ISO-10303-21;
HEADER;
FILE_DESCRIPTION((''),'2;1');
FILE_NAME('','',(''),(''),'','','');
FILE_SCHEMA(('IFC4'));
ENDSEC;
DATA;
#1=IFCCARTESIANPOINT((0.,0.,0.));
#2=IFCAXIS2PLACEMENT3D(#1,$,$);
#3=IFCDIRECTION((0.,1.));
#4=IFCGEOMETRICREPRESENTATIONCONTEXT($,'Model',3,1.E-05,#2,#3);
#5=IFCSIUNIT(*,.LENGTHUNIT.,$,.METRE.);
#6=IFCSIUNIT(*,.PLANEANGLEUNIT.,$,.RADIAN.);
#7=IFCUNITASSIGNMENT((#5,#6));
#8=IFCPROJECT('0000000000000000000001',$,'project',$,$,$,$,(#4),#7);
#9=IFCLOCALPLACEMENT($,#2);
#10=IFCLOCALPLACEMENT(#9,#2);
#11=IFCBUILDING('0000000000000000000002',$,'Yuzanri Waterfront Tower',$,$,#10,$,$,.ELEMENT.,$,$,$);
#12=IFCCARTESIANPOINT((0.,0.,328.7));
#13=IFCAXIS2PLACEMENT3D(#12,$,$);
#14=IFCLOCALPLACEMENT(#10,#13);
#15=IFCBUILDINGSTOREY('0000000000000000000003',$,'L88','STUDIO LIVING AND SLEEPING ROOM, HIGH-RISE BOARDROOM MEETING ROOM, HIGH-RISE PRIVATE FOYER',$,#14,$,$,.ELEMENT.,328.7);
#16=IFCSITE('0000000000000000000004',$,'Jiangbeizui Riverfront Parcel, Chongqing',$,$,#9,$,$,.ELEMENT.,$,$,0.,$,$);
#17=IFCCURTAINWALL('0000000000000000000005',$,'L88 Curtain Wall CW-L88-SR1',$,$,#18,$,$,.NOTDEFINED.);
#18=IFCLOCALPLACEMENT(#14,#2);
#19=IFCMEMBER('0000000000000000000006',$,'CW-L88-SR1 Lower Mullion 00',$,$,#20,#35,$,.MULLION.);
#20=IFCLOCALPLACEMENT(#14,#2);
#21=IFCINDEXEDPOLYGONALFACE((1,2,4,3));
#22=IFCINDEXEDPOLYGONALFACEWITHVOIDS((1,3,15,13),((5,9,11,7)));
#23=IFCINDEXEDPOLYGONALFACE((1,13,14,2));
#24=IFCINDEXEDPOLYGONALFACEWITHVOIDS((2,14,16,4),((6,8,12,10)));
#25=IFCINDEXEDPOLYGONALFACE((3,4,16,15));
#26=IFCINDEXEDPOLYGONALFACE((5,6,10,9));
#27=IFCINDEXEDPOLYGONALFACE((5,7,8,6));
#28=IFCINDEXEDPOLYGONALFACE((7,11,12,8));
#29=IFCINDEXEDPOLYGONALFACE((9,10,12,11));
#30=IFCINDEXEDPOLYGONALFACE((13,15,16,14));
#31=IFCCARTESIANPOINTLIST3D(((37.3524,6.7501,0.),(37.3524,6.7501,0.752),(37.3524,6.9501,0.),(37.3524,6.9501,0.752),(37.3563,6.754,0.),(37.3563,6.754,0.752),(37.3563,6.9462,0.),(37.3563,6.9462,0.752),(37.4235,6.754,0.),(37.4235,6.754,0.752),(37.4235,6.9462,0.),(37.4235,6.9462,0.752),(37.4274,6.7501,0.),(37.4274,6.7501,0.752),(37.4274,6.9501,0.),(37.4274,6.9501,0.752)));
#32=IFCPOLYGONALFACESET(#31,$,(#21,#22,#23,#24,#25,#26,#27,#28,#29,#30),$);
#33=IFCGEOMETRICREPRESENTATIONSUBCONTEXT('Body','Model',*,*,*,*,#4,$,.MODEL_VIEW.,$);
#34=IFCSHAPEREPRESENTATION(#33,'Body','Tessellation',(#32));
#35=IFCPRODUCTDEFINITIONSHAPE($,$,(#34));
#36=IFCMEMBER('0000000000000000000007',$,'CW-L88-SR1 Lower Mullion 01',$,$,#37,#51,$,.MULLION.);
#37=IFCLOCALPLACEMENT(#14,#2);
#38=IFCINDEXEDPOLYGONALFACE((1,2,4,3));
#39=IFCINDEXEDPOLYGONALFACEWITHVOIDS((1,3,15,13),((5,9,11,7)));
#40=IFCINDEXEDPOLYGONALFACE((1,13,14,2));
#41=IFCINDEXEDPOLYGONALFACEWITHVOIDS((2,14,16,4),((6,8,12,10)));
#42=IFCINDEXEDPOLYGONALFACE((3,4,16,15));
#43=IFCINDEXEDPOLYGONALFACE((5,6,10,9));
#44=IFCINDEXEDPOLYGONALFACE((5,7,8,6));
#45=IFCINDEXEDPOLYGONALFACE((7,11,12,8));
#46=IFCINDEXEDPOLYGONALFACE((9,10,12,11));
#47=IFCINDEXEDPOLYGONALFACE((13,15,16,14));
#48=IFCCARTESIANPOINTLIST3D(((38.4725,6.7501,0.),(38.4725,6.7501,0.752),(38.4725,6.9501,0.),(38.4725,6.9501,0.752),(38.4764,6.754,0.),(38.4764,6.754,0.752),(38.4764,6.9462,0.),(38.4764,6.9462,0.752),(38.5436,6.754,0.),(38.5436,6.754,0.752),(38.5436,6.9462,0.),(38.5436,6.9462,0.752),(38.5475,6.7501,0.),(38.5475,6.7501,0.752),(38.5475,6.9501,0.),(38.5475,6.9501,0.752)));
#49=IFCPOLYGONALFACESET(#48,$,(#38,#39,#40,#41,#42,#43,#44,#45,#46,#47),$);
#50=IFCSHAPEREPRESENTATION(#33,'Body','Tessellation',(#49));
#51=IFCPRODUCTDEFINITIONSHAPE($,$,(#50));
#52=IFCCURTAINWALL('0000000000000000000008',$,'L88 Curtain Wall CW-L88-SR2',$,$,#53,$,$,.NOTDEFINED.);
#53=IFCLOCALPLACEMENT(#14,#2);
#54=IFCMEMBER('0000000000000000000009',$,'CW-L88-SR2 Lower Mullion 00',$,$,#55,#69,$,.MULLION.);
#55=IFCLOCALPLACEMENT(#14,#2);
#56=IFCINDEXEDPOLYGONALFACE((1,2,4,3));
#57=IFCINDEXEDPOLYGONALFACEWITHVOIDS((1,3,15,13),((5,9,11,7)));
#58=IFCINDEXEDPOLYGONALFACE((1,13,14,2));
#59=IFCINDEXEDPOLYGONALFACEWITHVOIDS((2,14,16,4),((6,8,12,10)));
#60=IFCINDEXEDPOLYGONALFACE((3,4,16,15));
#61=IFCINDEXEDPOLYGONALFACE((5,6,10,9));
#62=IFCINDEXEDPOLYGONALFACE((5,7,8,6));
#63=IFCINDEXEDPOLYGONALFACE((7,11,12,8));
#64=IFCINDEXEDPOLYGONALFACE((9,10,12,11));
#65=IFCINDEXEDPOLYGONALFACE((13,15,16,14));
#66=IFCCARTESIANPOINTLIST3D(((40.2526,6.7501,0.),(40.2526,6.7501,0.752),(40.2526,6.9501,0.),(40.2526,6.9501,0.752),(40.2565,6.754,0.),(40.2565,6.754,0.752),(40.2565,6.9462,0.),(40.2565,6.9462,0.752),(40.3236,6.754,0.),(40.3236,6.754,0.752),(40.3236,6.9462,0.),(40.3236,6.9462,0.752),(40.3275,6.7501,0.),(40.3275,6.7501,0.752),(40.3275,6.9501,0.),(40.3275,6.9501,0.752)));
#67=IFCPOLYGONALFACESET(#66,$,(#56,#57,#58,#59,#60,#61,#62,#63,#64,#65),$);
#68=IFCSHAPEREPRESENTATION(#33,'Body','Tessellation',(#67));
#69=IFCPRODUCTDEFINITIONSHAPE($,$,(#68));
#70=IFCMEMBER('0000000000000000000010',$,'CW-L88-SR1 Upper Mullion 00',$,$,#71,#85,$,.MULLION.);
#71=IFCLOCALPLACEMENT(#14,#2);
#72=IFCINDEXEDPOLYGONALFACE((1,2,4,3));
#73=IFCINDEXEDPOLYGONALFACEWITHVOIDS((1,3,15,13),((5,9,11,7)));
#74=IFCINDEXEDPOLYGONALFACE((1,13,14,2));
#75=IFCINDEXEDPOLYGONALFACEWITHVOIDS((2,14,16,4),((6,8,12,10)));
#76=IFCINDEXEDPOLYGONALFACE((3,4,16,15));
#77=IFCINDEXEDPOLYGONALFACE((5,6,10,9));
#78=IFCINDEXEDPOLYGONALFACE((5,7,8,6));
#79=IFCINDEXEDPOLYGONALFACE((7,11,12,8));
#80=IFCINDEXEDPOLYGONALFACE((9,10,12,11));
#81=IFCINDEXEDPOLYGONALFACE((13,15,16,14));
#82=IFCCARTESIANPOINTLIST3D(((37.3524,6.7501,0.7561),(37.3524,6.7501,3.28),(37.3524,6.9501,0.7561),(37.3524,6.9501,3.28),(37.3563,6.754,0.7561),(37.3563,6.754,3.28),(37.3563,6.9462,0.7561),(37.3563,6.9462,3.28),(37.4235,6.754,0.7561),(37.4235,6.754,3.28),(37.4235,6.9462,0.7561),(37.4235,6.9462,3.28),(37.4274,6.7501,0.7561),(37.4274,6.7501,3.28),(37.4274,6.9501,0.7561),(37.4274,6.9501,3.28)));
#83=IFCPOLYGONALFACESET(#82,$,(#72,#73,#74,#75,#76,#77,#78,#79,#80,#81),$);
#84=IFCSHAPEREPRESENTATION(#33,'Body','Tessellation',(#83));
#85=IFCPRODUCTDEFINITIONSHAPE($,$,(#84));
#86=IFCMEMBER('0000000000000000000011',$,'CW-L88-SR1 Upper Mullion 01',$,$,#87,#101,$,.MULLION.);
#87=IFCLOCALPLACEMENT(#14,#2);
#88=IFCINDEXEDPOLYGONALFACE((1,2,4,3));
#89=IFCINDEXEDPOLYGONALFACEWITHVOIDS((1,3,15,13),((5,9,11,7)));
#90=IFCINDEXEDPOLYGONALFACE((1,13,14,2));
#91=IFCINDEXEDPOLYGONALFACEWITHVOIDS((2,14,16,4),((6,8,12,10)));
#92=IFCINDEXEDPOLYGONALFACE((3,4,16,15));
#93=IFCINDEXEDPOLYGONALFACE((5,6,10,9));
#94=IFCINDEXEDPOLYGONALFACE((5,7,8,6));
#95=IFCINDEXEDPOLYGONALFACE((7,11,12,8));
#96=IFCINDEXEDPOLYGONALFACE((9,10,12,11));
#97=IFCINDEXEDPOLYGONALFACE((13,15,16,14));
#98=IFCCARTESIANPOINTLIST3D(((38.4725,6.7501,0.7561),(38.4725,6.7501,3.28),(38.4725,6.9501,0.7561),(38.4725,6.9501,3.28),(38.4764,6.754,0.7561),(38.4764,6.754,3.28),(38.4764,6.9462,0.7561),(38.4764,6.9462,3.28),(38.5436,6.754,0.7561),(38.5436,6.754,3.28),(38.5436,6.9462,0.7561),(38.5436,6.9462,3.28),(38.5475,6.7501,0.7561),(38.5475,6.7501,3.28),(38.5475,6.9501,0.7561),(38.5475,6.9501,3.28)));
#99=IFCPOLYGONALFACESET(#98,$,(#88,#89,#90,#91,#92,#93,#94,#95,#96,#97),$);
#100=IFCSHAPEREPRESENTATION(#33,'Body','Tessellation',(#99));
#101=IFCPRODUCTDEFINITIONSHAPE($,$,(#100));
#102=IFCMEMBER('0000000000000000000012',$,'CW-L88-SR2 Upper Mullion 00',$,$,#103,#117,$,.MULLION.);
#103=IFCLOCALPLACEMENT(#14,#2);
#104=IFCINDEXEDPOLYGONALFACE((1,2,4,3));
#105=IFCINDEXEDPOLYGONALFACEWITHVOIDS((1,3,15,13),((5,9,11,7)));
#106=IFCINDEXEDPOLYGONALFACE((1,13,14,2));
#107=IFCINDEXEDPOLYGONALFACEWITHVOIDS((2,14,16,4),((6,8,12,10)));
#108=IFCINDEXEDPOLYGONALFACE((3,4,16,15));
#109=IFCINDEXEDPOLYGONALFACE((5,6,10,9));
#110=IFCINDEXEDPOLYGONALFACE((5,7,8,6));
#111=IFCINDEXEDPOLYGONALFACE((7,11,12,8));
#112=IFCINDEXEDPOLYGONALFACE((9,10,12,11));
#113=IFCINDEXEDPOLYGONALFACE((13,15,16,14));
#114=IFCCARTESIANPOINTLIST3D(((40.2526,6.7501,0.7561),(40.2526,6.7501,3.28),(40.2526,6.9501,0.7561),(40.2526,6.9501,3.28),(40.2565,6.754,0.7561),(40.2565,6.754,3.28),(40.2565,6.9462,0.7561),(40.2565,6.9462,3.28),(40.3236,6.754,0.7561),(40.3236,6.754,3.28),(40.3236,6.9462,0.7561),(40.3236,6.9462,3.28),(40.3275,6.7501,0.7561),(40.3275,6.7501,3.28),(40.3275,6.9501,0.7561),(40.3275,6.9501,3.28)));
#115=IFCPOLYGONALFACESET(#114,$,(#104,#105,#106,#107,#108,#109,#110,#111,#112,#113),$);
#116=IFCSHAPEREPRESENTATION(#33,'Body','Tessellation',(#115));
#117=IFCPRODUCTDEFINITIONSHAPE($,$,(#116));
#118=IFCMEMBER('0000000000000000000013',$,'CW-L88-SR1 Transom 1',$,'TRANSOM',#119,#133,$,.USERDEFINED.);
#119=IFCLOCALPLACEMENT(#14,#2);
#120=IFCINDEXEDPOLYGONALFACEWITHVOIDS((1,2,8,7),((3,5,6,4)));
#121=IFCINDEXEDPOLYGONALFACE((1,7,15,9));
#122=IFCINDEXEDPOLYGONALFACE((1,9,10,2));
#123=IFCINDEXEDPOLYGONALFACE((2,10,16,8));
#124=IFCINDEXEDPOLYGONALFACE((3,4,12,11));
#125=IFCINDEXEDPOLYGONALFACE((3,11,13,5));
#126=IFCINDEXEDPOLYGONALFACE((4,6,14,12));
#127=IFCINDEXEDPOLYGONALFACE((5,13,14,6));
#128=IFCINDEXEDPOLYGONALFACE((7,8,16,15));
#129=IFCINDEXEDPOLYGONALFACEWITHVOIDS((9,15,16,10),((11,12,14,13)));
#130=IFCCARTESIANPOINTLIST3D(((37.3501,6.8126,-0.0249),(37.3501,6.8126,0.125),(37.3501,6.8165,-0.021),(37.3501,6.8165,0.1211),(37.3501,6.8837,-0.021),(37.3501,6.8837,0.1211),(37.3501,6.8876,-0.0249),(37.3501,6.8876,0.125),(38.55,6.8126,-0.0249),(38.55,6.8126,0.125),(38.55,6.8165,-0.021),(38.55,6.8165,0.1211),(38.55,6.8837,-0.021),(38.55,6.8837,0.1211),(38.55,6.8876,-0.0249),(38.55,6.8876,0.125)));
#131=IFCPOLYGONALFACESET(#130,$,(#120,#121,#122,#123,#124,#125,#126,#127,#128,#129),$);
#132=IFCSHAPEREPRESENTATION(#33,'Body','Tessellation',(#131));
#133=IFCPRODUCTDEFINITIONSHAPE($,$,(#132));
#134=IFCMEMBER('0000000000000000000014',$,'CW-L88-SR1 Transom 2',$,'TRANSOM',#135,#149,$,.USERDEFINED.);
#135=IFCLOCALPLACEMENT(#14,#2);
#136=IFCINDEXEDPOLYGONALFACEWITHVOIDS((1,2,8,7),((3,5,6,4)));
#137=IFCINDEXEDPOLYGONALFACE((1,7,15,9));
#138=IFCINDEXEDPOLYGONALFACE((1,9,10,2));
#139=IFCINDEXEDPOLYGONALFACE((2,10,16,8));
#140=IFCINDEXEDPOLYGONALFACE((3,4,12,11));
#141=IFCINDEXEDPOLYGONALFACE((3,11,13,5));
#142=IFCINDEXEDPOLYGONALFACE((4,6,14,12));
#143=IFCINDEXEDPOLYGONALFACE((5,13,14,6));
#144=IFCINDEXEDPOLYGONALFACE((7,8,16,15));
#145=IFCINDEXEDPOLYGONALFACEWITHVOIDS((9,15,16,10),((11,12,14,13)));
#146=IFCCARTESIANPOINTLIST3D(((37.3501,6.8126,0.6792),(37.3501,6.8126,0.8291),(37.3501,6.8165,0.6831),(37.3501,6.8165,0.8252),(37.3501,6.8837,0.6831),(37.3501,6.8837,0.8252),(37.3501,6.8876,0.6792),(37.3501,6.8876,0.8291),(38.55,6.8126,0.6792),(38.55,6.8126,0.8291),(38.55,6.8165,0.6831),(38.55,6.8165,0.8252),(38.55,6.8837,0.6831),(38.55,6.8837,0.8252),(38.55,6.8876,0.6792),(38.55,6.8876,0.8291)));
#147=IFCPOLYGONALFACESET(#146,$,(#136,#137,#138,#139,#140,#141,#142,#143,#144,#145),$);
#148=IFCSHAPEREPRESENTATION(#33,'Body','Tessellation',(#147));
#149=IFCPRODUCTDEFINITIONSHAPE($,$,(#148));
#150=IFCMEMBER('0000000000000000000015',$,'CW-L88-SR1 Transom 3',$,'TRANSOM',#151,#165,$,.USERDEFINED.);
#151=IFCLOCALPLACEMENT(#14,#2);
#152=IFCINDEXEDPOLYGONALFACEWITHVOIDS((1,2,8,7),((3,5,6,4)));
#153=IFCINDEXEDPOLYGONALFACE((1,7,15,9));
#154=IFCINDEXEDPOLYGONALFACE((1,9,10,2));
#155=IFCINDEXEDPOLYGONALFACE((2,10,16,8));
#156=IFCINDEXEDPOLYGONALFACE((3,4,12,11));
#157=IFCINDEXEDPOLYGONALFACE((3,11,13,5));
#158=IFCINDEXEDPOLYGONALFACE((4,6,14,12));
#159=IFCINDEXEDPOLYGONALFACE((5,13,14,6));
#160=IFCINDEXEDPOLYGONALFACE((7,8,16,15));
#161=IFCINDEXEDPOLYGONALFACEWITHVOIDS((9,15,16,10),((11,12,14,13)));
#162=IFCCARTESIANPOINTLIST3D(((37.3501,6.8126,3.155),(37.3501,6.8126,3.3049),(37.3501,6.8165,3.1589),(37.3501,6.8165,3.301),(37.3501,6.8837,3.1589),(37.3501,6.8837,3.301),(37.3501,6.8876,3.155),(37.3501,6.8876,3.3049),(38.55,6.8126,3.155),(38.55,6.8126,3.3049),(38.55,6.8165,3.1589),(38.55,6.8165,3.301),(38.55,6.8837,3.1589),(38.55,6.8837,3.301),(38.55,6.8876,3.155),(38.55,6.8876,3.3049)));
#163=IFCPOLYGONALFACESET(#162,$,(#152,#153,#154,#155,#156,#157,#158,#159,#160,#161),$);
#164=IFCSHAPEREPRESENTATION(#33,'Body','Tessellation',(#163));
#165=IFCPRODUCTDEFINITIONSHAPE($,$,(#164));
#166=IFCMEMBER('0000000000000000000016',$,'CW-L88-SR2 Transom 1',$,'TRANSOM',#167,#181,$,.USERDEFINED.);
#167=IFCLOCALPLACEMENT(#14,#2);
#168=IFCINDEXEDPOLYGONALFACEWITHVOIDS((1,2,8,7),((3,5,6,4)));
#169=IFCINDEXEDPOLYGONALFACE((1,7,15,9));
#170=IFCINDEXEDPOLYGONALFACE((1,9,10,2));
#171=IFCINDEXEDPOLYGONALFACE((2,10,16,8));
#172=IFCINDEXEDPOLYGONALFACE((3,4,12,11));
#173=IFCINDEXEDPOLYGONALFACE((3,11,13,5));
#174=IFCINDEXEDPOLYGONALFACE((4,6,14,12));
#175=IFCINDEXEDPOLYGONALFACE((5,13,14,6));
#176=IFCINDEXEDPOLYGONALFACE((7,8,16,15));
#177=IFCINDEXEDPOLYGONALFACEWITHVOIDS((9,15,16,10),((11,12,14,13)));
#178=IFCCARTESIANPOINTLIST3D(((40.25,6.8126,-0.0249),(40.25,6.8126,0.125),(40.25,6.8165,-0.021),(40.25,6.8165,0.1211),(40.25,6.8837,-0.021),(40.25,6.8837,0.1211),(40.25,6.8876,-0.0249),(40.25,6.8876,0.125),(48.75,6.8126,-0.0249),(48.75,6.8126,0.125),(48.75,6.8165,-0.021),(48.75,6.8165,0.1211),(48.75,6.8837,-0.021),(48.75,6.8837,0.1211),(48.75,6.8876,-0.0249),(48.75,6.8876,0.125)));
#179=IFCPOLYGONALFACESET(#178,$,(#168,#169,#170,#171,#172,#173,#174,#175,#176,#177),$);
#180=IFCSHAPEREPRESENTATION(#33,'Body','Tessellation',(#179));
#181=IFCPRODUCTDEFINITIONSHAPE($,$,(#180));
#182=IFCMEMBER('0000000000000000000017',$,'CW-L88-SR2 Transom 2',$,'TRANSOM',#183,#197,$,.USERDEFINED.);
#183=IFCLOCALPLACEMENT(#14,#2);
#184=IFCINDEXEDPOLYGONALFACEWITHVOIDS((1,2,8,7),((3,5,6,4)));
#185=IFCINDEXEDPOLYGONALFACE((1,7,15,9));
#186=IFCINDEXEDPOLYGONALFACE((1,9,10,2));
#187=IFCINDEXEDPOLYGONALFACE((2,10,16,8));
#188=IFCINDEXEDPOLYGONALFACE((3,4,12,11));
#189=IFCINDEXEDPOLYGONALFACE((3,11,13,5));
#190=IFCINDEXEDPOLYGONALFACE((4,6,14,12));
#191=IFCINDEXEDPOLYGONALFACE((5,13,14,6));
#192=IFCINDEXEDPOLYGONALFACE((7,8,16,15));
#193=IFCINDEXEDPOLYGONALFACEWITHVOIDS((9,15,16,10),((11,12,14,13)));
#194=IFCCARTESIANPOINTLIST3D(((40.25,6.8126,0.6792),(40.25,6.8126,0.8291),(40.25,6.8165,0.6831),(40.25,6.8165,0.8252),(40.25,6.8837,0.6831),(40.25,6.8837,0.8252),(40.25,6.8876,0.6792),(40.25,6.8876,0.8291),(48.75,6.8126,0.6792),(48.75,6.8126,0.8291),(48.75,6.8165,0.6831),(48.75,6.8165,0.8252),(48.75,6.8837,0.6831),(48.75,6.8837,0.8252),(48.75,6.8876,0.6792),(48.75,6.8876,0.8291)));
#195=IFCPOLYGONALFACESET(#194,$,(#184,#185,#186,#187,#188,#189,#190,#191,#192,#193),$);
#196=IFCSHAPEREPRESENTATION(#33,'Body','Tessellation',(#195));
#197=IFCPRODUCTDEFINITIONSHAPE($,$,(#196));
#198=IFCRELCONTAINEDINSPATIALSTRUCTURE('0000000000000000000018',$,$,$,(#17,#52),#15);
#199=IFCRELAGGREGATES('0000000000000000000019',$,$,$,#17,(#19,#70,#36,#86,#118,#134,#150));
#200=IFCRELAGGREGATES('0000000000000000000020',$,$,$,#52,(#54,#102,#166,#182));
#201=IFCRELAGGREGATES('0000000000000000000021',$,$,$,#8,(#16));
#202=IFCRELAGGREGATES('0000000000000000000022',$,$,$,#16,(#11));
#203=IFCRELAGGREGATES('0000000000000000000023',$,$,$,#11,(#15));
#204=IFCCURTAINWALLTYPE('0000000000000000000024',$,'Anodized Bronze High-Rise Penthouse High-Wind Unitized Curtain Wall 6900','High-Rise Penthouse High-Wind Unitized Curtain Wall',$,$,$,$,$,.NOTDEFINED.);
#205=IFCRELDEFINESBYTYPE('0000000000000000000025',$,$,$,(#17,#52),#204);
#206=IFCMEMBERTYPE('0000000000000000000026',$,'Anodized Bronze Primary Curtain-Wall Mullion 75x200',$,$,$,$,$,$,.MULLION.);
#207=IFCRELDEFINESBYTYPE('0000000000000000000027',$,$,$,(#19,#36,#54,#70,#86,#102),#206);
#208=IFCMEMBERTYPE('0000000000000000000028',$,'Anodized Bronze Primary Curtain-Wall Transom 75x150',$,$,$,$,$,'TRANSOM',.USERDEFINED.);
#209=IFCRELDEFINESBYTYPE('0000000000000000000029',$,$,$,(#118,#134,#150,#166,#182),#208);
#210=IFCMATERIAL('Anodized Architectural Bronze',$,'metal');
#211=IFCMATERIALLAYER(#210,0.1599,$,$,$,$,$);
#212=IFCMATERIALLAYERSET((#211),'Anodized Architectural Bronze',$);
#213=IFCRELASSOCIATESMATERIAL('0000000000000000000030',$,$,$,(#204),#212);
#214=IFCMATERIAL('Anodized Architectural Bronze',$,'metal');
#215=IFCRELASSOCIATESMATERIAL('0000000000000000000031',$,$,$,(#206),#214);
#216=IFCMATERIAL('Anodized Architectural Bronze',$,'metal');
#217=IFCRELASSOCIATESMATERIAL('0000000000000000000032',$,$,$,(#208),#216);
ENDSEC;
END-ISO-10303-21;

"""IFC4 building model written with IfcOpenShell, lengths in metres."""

from ifc_helpers import new_model, si_unit, direction, frame, origin, origin_2d, place, context, subcontext, project, spatial, hollow_rectangle, extrude, source, transform, mapped, material, layer, layer_set, material_profile, profile_set, type_object, element, aggregate, save


model = new_model("IFC4")

# Units and contexts
model_context = context("Model", 3, precision=1e-05, world=origin(), true_north=direction((0.0, 1.0)))
body_context = subcontext(model_context, "Body", "Model", "MODEL_VIEW")
ifc_project = project(units=[si_unit("LENGTHUNIT", "METRE"), si_unit("PLANEANGLEUNIT", "RADIAN")], contexts=[model_context])

# Site, building, storey
site_placement = place(None, origin())
site = spatial("IfcSite", under=ifc_project, at=site_placement, Name="Jiangbeizui Riverfront Parcel, Chongqing", CompositionType="ELEMENT", RefElevation=0.0)
building_placement = place(site_placement, origin())
building = spatial("IfcBuilding", under=site, at=building_placement, Name="Yuzanri Waterfront Tower", CompositionType="ELEMENT")
storey_placement = place(building_placement, frame((0.0, 0.0, 328.7)))
storey = spatial("IfcBuildingStorey", under=building, at=storey_placement, Name="L88", Description="STUDIO LIVING AND SLEEPING ROOM, HIGH-RISE BOARDROOM MEETING ROOM, HIGH-RISE PRIVATE FOYER", CompositionType="ELEMENT", Elevation=328.7)

# Curtain wall, members
ifc_material_1 = material(Name="Anodized Architectural Bronze", Category="metal")
ifc_layer_1 = layer(ifc_material_1, 0.1599)
ifc_layer_set_1 = layer_set([ifc_layer_1], Name="Anodized Architectural Bronze")
curtain_wall_type = type_object("IfcCurtainWallType", Name="Anodized Bronze High-Rise Penthouse High-Wind Unitized Curtain Wall 6900", Description="High-Rise Penthouse High-Wind Unitized Curtain Wall", PredefinedType="NOTDEFINED", material=ifc_layer_set_1)
curtain_wall_1_placement = place(storey_placement, origin())
curtain_wall_1 = element("IfcCurtainWall", 1, at=curtain_wall_1_placement, inside=storey, type_object=curtain_wall_type, Name="L88 Curtain Wall CW-L88-SR1", PredefinedType="NOTDEFINED")
ifc_material_2 = material(Name="Anodized Architectural Bronze", Category="metal")
ifc_material_profile_1 = material_profile(ifc_material_2, hollow_rectangle(XDim=0.075, YDim=0.2, WallThickness=0.0039, at=origin_2d()), Name="CWM 75x200")
ifc_profile_set_1 = profile_set([ifc_material_profile_1], Name="Anodized Architectural Bronze")
member_type_1 = type_object("IfcMemberType", Name="Anodized Bronze Primary Curtain-Wall Mullion 75x200", PredefinedType="MULLION", material=ifc_profile_set_1)
shared_shape_1 = source(origin(), body_context, "Body", "SweptSolid", [
    extrude(hollow_rectangle(XDim=0.075, YDim=0.2, WallThickness=0.0039, at=origin_2d()), origin(), (0.0, 0.0, 1.0), 0.752),
])
member_1_placement = place(storey_placement, frame((37.3899, 6.8501, 0.0), z_axis=(0.0, 0.0, 1.0), x_axis=(1.0, 0.0, 0.0)))
member_1 = element("IfcMember", 2, at=member_1_placement, type_object=member_type_1, Name="CW-L88-SR1 Lower Mullion 00", PredefinedType="MULLION", context=body_context, shape_type="MappedRepresentation", body=[
    mapped(shared_shape_1, transform((0.0, 0.0, 0.0), scale=1.0)),
])
member_2_placement = place(storey_placement, frame((38.51, 6.8501, 0.0), z_axis=(0.0, 0.0, 1.0), x_axis=(1.0, 0.0, 0.0)))
member_2 = element("IfcMember", 3, at=member_2_placement, type_object=member_type_1, Name="CW-L88-SR1 Lower Mullion 01", PredefinedType="MULLION", context=body_context, shape_type="MappedRepresentation", body=[
    mapped(shared_shape_1, transform((0.0, 0.0, 0.0), scale=1.0)),
])

# Curtain wall, member
curtain_wall_2_placement = place(storey_placement, origin())
curtain_wall_2 = element("IfcCurtainWall", 4, at=curtain_wall_2_placement, inside=storey, type_object=curtain_wall_type, Name="L88 Curtain Wall CW-L88-SR2", PredefinedType="NOTDEFINED")
member_3_placement = place(storey_placement, frame((40.29, 6.8501, 0.0), z_axis=(0.0, 0.0, 1.0), x_axis=(1.0, 0.0, 0.0)))
member_3 = element("IfcMember", 5, at=member_3_placement, type_object=member_type_1, Name="CW-L88-SR2 Lower Mullion 00", PredefinedType="MULLION", context=body_context, shape_type="MappedRepresentation", body=[
    mapped(shared_shape_1, transform((0.0, 0.0, 0.0), scale=1.0)),
])

# Members
shared_shape_2 = source(origin(), body_context, "Body", "SweptSolid", [
    extrude(hollow_rectangle(XDim=0.075, YDim=0.2, WallThickness=0.0039, at=origin_2d()), origin(), (0.0, 0.0, 1.0), 2.5239),
])
member_4_placement = place(storey_placement, frame((37.3899, 6.8501, 0.7561), z_axis=(0.0, 0.0, 1.0), x_axis=(1.0, 0.0, 0.0)))
member_4 = element("IfcMember", 6, at=member_4_placement, type_object=member_type_1, Name="CW-L88-SR1 Upper Mullion 00", PredefinedType="MULLION", context=body_context, shape_type="MappedRepresentation", body=[
    mapped(shared_shape_2, transform((0.0, 0.0, 0.0), scale=1.0)),
])
member_5_placement = place(storey_placement, frame((38.51, 6.8501, 0.7561), z_axis=(0.0, 0.0, 1.0), x_axis=(1.0, 0.0, 0.0)))
member_5 = element("IfcMember", 7, at=member_5_placement, type_object=member_type_1, Name="CW-L88-SR1 Upper Mullion 01", PredefinedType="MULLION", context=body_context, shape_type="MappedRepresentation", body=[
    mapped(shared_shape_2, transform((0.0, 0.0, 0.0), scale=1.0)),
])
member_6_placement = place(storey_placement, frame((40.29, 6.8501, 0.7561), z_axis=(0.0, 0.0, 1.0), x_axis=(1.0, 0.0, 0.0)))
member_6 = element("IfcMember", 8, at=member_6_placement, type_object=member_type_1, Name="CW-L88-SR2 Upper Mullion 00", PredefinedType="MULLION", context=body_context, shape_type="MappedRepresentation", body=[
    mapped(shared_shape_2, transform((0.0, 0.0, 0.0), scale=1.0)),
])
ifc_material_3 = material(Name="Anodized Architectural Bronze", Category="metal")
ifc_material_profile_2 = material_profile(ifc_material_3, hollow_rectangle(XDim=0.075, YDim=0.1499, WallThickness=0.0039, at=origin_2d()), Name="CWT 75x150")
ifc_profile_set_2 = profile_set([ifc_material_profile_2], Name="Anodized Architectural Bronze")
member_type_2 = type_object("IfcMemberType", Name="Anodized Bronze Primary Curtain-Wall Transom 75x150", ElementType="TRANSOM", PredefinedType="USERDEFINED", material=ifc_profile_set_2)
shared_shape_3 = source(origin(), body_context, "Body", "SweptSolid", [
    extrude(hollow_rectangle(XDim=0.075, YDim=0.1499, WallThickness=0.0039, at=origin_2d()), origin(), (0.0, 0.0, 1.0), 1.2),
])
member_7_placement = place(storey_placement, frame((37.3501, 6.8501, 0.05), z_axis=(1.0, 0.0, 0.0), x_axis=(0.0, 1.0, 0.0)))
member_7 = element("IfcMember", 9, at=member_7_placement, type_object=member_type_2, Name="CW-L88-SR1 Transom 1", ObjectType="TRANSOM", PredefinedType="USERDEFINED", context=body_context, shape_type="MappedRepresentation", body=[
    mapped(shared_shape_3, transform((0.0, 0.0, 0.0), scale=1.0)),
])
member_8_placement = place(storey_placement, frame((37.3501, 6.8501, 0.7542), z_axis=(1.0, 0.0, 0.0), x_axis=(0.0, 1.0, 0.0)))
member_8 = element("IfcMember", 10, at=member_8_placement, type_object=member_type_2, Name="CW-L88-SR1 Transom 2", ObjectType="TRANSOM", PredefinedType="USERDEFINED", context=body_context, shape_type="MappedRepresentation", body=[
    mapped(shared_shape_3, transform((0.0, 0.0, 0.0), scale=1.0)),
])
member_9_placement = place(storey_placement, frame((37.3501, 6.8501, 3.23), z_axis=(1.0, 0.0, 0.0), x_axis=(0.0, 1.0, 0.0)))
member_9 = element("IfcMember", 11, at=member_9_placement, type_object=member_type_2, Name="CW-L88-SR1 Transom 3", ObjectType="TRANSOM", PredefinedType="USERDEFINED", context=body_context, shape_type="MappedRepresentation", body=[
    mapped(shared_shape_3, transform((0.0, 0.0, 0.0), scale=1.0)),
])
shared_shape_4 = source(origin(), body_context, "Body", "SweptSolid", [
    extrude(hollow_rectangle(XDim=0.075, YDim=0.1499, WallThickness=0.0039, at=origin_2d()), origin(), (0.0, 0.0, 1.0), 8.5),
])
member_10_placement = place(storey_placement, frame((40.25, 6.8501, 0.05), z_axis=(1.0, 0.0, 0.0), x_axis=(0.0, 1.0, 0.0)))
member_10 = element("IfcMember", 12, at=member_10_placement, type_object=member_type_2, Name="CW-L88-SR2 Transom 1", ObjectType="TRANSOM", PredefinedType="USERDEFINED", context=body_context, shape_type="MappedRepresentation", body=[
    mapped(shared_shape_4, transform((0.0, 0.0, 0.0), scale=1.0)),
])
member_11_placement = place(storey_placement, frame((40.25, 6.8501, 0.7542), z_axis=(1.0, 0.0, 0.0), x_axis=(0.0, 1.0, 0.0)))
member_11 = element("IfcMember", 13, at=member_11_placement, type_object=member_type_2, Name="CW-L88-SR2 Transom 2", ObjectType="TRANSOM", PredefinedType="USERDEFINED", context=body_context, shape_type="MappedRepresentation", body=[
    mapped(shared_shape_4, transform((0.0, 0.0, 0.0), scale=1.0)),
])

aggregate(curtain_wall_1, [member_1, member_4, member_2, member_5, member_7, member_8, member_9])
aggregate(curtain_wall_2, [member_3, member_6, member_10, member_11])

save(model, "model.ifc")
